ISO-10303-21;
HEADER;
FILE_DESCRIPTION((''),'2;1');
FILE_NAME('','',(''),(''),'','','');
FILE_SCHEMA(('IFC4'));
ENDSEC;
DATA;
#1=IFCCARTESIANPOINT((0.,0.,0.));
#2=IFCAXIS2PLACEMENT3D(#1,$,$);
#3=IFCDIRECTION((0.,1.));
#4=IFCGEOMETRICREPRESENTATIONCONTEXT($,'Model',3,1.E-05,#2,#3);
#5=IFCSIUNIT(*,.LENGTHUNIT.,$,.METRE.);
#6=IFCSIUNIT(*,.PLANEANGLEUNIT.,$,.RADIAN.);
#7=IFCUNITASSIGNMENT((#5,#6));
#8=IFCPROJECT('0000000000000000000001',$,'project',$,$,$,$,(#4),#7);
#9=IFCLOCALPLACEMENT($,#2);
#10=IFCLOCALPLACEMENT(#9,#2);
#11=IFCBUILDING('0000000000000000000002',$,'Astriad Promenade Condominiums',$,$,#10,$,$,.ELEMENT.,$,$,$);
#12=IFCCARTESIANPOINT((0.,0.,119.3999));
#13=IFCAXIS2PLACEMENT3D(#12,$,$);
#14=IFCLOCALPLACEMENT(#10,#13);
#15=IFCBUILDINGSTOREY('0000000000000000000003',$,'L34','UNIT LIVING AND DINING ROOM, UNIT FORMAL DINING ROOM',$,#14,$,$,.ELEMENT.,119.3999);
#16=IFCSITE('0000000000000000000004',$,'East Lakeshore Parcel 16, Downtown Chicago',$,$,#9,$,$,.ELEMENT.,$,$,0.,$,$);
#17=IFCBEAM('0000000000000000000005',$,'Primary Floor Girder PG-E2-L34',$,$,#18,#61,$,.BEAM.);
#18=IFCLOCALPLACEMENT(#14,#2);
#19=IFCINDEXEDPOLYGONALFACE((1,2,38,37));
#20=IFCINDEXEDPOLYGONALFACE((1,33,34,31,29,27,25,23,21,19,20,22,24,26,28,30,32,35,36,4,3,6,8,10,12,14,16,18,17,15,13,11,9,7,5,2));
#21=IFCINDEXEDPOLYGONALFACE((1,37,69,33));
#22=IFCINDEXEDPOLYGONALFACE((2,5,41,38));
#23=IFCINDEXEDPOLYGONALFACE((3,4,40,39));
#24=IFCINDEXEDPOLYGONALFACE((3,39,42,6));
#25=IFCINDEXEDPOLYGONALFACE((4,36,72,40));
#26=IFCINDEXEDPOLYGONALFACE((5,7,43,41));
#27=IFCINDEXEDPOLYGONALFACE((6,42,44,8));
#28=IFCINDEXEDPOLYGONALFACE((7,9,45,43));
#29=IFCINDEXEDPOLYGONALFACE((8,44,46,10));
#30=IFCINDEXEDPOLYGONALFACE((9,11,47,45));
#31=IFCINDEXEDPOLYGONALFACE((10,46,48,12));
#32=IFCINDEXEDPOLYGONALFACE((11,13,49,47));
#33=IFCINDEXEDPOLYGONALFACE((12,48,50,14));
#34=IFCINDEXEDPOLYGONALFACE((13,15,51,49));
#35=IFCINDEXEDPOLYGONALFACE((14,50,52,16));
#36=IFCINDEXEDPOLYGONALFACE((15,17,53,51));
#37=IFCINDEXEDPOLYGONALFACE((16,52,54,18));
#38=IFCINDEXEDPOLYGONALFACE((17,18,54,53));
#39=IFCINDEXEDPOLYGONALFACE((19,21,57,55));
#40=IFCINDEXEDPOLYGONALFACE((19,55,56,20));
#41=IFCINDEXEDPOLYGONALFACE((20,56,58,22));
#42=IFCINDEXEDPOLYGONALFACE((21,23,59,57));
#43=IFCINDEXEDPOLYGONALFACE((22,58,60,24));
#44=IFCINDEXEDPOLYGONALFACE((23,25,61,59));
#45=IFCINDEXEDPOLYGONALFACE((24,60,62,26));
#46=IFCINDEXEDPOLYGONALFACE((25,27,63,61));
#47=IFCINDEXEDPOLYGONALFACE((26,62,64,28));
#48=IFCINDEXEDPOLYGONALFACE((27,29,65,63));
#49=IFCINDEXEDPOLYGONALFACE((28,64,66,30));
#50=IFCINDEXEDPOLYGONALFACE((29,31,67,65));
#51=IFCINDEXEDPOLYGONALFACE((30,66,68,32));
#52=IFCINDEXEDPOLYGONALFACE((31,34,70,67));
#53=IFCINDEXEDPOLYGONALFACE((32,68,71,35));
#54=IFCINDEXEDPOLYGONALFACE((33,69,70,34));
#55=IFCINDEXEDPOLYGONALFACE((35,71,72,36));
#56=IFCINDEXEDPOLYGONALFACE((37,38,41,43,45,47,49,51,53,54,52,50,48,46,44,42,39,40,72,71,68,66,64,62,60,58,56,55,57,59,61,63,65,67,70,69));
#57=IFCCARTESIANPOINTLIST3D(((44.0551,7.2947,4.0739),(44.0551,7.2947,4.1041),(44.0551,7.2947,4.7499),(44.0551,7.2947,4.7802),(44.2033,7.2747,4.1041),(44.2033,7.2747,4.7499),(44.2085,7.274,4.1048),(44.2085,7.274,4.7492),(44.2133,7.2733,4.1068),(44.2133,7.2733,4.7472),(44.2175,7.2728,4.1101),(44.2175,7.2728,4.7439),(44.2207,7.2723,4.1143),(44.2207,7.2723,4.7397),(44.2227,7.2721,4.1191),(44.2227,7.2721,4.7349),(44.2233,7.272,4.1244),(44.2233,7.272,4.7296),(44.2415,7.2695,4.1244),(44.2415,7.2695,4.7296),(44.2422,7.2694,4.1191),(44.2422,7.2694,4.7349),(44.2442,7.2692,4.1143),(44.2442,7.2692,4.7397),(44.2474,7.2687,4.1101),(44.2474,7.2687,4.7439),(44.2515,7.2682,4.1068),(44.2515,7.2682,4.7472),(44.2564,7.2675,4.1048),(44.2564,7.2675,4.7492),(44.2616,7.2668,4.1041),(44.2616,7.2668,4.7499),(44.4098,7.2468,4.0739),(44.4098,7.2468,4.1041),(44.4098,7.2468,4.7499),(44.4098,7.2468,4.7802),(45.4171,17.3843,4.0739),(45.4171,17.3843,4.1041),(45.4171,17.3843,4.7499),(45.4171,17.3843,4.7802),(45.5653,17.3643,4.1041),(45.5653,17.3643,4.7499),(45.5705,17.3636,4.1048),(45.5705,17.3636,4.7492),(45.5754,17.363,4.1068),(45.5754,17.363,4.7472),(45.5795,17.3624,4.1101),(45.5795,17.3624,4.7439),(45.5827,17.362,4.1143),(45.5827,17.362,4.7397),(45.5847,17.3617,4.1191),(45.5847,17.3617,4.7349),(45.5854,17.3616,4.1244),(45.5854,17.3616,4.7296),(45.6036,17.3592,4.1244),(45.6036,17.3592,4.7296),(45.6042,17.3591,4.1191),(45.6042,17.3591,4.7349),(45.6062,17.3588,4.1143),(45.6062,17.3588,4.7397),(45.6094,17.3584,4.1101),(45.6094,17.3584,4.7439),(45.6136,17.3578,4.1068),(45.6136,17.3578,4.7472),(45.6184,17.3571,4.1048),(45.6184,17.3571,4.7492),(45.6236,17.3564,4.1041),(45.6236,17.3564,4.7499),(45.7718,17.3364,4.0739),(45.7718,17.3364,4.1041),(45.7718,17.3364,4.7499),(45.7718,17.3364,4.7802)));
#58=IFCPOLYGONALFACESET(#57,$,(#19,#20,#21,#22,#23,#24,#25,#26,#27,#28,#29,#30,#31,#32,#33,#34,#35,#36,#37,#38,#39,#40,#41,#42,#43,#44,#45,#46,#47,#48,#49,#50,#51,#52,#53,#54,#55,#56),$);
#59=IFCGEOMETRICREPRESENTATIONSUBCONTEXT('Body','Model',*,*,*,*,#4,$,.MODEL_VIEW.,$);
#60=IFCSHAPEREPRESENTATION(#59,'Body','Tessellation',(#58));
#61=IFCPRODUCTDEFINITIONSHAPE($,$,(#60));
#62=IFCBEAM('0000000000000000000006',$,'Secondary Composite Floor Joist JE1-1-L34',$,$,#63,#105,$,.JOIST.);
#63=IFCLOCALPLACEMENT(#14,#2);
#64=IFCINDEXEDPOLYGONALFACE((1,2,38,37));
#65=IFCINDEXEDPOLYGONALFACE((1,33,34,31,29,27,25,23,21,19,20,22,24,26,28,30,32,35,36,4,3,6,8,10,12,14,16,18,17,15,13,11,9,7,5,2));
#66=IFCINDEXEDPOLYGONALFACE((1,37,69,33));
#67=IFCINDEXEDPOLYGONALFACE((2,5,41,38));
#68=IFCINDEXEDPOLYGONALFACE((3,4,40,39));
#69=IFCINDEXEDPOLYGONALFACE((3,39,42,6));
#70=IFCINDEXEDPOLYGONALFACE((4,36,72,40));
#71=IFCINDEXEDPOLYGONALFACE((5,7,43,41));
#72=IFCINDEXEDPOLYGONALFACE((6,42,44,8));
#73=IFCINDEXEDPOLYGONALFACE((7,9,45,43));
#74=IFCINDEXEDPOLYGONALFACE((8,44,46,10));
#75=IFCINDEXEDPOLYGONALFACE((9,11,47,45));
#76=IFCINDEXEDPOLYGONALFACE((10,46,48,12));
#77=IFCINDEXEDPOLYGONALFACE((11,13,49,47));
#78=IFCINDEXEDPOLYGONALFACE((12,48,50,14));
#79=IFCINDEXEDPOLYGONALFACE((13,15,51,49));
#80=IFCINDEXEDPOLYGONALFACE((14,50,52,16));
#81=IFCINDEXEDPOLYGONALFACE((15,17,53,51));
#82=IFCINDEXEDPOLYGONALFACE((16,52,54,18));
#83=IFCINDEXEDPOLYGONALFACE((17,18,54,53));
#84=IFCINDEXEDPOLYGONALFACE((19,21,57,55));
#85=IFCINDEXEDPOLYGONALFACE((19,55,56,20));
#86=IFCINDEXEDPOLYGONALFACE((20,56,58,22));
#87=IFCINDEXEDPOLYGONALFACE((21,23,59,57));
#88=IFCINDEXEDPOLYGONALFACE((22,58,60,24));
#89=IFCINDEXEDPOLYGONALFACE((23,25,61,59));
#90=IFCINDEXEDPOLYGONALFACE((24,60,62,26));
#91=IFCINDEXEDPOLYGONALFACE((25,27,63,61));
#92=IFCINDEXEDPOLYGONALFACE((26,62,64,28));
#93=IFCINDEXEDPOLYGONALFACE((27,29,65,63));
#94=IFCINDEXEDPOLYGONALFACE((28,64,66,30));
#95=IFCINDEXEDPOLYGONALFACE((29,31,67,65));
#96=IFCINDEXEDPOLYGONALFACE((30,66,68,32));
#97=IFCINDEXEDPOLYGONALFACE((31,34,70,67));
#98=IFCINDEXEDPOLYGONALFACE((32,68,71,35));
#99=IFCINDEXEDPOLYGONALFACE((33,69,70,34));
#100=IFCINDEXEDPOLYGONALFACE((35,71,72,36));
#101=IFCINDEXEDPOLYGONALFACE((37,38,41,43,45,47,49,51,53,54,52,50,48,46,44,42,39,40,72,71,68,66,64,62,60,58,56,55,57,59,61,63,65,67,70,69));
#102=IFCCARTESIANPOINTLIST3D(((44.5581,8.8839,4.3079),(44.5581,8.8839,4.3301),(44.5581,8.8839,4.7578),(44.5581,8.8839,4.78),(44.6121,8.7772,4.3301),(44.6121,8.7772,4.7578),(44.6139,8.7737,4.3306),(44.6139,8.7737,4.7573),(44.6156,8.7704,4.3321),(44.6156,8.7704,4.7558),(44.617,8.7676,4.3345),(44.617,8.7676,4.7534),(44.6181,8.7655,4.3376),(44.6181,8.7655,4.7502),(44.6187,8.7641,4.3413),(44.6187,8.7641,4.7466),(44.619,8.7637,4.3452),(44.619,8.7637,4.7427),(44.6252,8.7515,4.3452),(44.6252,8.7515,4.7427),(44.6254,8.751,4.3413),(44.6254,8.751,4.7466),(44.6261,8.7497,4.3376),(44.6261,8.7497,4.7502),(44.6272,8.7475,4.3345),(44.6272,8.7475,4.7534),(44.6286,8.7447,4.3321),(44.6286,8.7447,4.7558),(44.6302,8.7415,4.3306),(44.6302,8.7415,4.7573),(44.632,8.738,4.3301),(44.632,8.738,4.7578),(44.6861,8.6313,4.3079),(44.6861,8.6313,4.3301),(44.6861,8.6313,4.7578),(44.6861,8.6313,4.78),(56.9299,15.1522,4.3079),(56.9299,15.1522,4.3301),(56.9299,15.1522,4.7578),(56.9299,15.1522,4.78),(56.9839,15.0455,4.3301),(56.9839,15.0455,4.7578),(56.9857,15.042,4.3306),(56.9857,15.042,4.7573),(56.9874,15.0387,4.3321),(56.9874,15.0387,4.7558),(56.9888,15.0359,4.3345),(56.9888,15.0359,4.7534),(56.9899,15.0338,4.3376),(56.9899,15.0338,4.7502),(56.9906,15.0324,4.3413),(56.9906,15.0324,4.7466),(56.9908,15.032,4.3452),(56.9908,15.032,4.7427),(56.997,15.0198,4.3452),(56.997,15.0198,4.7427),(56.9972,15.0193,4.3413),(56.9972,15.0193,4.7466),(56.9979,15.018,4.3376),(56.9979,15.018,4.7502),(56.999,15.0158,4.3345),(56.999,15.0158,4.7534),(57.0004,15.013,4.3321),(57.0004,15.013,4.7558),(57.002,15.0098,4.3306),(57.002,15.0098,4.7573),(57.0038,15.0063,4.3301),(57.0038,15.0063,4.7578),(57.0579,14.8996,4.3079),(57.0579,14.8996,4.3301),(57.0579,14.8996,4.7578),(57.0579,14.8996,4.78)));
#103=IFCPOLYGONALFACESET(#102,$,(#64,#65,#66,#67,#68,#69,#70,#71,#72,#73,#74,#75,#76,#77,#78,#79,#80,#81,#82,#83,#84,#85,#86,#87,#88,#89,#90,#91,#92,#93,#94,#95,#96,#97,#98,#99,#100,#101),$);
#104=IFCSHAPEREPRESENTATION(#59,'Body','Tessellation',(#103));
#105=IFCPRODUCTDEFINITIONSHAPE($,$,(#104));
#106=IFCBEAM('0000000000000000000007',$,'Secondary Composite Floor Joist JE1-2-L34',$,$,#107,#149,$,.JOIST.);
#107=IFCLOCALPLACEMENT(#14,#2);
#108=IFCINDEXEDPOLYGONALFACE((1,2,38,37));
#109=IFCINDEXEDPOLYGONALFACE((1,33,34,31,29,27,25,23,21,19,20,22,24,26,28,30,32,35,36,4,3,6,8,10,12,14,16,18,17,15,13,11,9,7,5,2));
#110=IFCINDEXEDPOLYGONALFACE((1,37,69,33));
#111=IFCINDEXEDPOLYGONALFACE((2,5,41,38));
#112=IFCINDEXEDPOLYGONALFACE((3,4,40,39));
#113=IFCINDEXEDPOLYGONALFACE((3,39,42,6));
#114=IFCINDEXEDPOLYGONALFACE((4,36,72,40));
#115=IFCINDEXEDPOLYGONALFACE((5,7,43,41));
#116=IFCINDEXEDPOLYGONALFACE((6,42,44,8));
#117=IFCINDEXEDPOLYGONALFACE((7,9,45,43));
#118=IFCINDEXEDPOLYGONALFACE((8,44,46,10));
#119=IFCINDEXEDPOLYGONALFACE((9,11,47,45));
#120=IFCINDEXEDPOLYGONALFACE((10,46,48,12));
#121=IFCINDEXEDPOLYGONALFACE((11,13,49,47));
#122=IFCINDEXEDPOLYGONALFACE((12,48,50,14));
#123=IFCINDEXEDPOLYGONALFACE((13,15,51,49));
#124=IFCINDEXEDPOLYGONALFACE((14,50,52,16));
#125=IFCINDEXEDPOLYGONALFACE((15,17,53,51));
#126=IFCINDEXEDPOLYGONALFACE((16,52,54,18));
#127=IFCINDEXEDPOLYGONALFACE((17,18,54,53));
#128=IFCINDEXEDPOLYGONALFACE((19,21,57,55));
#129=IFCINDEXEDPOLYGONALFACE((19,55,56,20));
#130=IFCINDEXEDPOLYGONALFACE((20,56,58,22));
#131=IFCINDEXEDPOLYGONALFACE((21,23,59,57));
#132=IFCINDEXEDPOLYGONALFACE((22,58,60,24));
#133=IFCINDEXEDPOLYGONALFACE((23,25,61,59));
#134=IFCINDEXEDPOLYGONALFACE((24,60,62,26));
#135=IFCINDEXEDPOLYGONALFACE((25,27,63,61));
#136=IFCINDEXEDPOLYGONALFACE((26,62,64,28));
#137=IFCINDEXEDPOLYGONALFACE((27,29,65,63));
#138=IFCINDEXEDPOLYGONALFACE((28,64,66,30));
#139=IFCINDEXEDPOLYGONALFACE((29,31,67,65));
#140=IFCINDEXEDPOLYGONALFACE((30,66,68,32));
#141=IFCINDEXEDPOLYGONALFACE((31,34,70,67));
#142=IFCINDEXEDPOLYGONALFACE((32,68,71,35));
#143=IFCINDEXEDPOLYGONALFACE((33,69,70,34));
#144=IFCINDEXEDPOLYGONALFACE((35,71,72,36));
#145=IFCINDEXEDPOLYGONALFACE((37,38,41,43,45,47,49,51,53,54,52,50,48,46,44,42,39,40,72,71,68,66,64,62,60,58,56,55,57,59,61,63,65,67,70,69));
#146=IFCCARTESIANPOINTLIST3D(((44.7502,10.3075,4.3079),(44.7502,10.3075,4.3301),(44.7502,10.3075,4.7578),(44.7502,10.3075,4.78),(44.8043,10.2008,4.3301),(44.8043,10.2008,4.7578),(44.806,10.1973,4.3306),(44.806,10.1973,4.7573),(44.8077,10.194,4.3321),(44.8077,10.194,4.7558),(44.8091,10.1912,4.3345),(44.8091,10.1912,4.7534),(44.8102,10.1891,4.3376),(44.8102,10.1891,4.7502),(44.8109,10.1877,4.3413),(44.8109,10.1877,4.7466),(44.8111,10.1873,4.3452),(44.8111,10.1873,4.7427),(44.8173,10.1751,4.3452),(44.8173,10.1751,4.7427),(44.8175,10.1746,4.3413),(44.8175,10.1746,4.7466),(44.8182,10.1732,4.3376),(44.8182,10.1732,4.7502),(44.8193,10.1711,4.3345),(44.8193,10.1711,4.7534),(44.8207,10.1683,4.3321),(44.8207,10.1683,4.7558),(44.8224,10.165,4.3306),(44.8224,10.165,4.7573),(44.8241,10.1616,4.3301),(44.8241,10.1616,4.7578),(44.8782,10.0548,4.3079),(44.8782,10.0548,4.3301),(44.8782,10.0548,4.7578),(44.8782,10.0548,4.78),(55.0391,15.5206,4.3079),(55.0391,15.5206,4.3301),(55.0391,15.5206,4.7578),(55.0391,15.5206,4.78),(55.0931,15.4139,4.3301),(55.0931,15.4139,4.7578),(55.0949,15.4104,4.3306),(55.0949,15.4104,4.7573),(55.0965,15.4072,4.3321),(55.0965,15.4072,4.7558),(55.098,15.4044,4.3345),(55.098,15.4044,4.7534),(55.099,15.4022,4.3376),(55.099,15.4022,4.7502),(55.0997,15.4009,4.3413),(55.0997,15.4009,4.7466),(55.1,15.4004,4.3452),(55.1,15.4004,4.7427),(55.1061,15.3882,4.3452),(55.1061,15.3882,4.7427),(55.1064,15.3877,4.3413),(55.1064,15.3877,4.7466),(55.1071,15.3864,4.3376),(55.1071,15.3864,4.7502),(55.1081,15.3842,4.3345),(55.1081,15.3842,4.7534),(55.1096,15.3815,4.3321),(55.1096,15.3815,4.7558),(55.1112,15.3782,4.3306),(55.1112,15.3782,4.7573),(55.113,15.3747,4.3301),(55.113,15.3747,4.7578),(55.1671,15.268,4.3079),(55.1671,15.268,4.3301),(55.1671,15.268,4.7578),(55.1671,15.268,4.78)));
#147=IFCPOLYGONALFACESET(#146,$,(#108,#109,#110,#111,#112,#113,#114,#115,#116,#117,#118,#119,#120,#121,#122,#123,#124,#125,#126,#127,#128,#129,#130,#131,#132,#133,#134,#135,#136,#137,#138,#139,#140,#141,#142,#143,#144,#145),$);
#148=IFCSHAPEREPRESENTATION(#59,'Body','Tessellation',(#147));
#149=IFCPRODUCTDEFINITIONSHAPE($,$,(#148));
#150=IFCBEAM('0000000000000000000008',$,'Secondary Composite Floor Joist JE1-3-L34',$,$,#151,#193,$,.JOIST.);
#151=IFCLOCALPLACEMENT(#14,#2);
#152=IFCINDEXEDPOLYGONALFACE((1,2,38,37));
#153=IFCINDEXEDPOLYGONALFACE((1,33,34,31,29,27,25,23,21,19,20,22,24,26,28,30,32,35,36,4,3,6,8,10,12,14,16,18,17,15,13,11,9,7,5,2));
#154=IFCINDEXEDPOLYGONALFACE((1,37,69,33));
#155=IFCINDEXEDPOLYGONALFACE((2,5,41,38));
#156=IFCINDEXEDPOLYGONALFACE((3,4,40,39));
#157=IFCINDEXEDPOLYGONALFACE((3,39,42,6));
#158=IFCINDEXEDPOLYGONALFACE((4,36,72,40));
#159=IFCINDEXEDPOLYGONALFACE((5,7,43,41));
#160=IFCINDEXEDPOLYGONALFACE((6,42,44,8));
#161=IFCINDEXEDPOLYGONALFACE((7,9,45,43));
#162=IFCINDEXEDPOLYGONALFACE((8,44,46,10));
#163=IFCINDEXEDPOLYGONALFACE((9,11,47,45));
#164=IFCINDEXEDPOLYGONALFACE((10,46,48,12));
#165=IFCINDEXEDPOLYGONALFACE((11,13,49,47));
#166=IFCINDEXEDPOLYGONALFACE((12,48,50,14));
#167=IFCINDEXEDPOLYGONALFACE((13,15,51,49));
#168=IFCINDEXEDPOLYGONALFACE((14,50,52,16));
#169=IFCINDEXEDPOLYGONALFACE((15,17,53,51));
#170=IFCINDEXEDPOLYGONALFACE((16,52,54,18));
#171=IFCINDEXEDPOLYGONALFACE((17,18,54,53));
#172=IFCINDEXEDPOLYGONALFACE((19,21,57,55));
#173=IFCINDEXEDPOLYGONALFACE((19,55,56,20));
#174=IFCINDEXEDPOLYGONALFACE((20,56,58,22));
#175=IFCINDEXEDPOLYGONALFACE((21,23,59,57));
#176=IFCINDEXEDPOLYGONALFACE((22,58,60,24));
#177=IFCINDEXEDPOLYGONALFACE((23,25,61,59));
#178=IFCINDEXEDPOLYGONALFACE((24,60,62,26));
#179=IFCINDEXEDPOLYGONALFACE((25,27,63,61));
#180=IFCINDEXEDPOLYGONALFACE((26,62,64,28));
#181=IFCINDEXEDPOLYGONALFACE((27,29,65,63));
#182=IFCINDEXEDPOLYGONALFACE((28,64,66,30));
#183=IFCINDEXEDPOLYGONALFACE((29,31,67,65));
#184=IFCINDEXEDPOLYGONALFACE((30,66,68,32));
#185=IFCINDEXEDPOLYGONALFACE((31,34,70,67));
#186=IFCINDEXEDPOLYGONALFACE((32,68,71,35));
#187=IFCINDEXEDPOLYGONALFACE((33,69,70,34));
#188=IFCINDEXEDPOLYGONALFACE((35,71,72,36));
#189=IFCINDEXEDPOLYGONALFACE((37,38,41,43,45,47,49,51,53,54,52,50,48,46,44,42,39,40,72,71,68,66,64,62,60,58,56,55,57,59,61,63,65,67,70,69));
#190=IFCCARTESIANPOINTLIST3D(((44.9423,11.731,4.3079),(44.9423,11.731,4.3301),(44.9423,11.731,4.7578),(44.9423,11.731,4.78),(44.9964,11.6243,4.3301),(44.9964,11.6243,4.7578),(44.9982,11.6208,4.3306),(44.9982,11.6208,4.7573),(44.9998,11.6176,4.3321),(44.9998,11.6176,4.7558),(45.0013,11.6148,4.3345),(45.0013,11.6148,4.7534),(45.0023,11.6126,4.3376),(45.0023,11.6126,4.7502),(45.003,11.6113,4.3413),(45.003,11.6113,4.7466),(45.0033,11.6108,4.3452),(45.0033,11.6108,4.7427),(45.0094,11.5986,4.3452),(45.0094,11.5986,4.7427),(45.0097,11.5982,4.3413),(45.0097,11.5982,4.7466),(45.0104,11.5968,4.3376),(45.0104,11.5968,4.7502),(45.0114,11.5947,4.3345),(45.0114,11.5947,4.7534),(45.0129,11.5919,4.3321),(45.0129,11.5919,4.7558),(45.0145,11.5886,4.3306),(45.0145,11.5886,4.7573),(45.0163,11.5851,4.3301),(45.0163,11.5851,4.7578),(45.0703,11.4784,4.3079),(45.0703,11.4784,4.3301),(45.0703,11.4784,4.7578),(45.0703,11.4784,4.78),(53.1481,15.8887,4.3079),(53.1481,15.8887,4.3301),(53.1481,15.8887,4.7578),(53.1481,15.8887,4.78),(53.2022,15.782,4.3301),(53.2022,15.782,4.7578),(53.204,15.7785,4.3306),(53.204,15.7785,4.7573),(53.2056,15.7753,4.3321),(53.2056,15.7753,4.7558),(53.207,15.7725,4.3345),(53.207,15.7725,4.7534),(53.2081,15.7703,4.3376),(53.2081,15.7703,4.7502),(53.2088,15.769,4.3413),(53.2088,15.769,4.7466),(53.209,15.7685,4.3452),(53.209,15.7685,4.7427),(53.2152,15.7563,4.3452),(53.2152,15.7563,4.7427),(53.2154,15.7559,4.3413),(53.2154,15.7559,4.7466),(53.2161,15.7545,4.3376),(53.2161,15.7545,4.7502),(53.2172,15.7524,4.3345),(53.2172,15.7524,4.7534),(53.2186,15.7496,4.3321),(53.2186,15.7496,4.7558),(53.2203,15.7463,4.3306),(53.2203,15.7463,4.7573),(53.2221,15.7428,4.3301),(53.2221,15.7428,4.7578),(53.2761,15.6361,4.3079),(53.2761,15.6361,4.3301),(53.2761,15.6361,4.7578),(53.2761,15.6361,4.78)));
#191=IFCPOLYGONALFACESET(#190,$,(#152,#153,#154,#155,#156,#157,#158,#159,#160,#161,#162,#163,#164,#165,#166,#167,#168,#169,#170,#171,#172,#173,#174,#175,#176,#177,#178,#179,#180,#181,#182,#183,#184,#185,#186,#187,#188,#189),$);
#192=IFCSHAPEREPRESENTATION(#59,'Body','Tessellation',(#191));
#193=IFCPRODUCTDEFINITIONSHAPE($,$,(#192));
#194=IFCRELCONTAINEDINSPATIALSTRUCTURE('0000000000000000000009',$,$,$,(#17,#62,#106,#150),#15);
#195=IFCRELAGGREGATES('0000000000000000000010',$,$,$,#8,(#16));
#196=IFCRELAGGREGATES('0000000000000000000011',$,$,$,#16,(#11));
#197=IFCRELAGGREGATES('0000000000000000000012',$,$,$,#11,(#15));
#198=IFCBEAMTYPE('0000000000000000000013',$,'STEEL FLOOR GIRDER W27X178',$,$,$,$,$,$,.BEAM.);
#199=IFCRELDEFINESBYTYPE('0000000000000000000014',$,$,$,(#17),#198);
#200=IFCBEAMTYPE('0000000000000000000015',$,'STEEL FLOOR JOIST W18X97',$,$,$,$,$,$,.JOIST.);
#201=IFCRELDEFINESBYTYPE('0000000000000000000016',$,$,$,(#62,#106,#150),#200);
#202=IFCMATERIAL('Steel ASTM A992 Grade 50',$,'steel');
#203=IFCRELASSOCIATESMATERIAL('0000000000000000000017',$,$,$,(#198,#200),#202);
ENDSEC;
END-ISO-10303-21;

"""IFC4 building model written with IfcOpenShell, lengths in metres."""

from ifc_helpers import new_model, si_unit, direction, frame, origin, origin_2d, place, context, subcontext, project, spatial, i_section, extrude, source, transform, mapped, material, material_profile, profile_set, type_object, type_shapes, element, save


model = new_model("IFC4")

# Units and contexts
model_context = context("Model", 3, precision=1e-05, world=origin(), true_north=direction((0.0, 1.0)))
body_context = subcontext(model_context, "Body", "Model", "MODEL_VIEW")
ifc_project = project(units=[si_unit("LENGTHUNIT", "METRE"), si_unit("PLANEANGLEUNIT", "RADIAN")], contexts=[model_context])

# Site, building, storey
site_placement = place(None, origin())
site = spatial("IfcSite", under=ifc_project, at=site_placement, Name="East Lakeshore Parcel 16, Downtown Chicago", CompositionType="ELEMENT", RefElevation=0.0)
building_placement = place(site_placement, origin())
building = spatial("IfcBuilding", under=site, at=building_placement, Name="Astriad Promenade Condominiums", CompositionType="ELEMENT")
storey_placement = place(building_placement, frame((0.0, 0.0, 119.3999)))
storey = spatial("IfcBuildingStorey", under=building, at=storey_placement, Name="L34", Description="UNIT LIVING AND DINING ROOM, UNIT FORMAL DINING ROOM", CompositionType="ELEMENT", Elevation=119.3999)

# Shared definitions
ifc_material_1 = material(Name="Steel ASTM A992 Grade 50", Category="steel")

# Beams
ifc_material_profile_1 = material_profile(ifc_material_1, i_section(OverallWidth=0.3579, OverallDepth=0.7063, WebThickness=0.0183, FlangeThickness=0.0303, FilletRadius=0.0203, at=origin_2d()), Name="W27X178")
ifc_profile_set_1 = profile_set([ifc_material_profile_1], Name="Steel ASTM A992 Grade 50")
beam_type_1 = type_object("IfcBeamType", Name="STEEL FLOOR GIRDER W27X178", PredefinedType="BEAM", material=ifc_profile_set_1)
shared_shape_1 = source(origin(), body_context, "Body", "SweptSolid", [
    extrude(i_section(OverallWidth=0.3579, OverallDepth=0.7063, WebThickness=0.0183, FlangeThickness=0.0303, FilletRadius=0.0203, at=origin_2d()), origin(), (0.0, 0.0, 1.0), 10.1812),
])
type_shapes(beam_type_1, [shared_shape_1])
beam_1_placement = place(storey_placement, frame((44.2324, 7.2708, 4.427), z_axis=(0.133783, 0.991011, 0.0), x_axis=(-0.991011, 0.133783, 0.0)))
element("IfcBeam", 1, at=beam_1_placement, inside=storey, type_object=beam_type_1, Name="Primary Floor Girder PG-E2-L34", PredefinedType="BEAM", context=body_context, shape_type="MappedRepresentation", body=[
    mapped(shared_shape_1, transform((0.0, 0.0, 0.0), scale=1.0)),
])
ifc_material_profile_2 = material_profile(ifc_material_1, i_section(OverallWidth=0.2832, OverallDepth=0.4722, WebThickness=0.0137, FlangeThickness=0.0222, FilletRadius=0.0151, at=origin_2d()), Name="W18X97")
ifc_profile_set_2 = profile_set([ifc_material_profile_2], Name="Steel ASTM A992 Grade 50")
beam_type_2 = type_object("IfcBeamType", Name="STEEL FLOOR JOIST W18X97", PredefinedType="JOIST", material=ifc_profile_set_2)
shared_shape_2 = source(origin(), body_context, "Body", "SweptSolid", [
    extrude(i_section(OverallWidth=0.2832, OverallDepth=0.4722, WebThickness=0.0137, FlangeThickness=0.0222, FilletRadius=0.0151, at=origin_2d()), origin(), (0.0, 0.0, 1.0), 13.8691),
])
beam_2_placement = place(storey_placement, frame((44.6221, 8.7576, 4.5439), z_axis=(0.892038, 0.45196, 0.0), x_axis=(-0.45196, 0.892038, 0.0)))
element("IfcBeam", 2, at=beam_2_placement, inside=storey, type_object=beam_type_2, Name="Secondary Composite Floor Joist JE1-1-L34", PredefinedType="JOIST", context=body_context, shape_type="MappedRepresentation", body=[
    mapped(shared_shape_2, transform((0.0, 0.0, 0.0), scale=1.0)),
])
shared_shape_3 = source(origin(), body_context, "Body", "SweptSolid", [
    extrude(i_section(OverallWidth=0.2832, OverallDepth=0.4722, WebThickness=0.0137, FlangeThickness=0.0222, FilletRadius=0.0151, at=origin_2d()), origin(), (0.0, 0.0, 1.0), 11.5342),
])
beam_3_placement = place(storey_placement, frame((44.8142, 10.1812, 4.5439), z_axis=(0.892031, 0.451974, 0.0), x_axis=(-0.451974, 0.892031, 0.0)))
element("IfcBeam", 3, at=beam_3_placement, inside=storey, type_object=beam_type_2, Name="Secondary Composite Floor Joist JE1-2-L34", PredefinedType="JOIST", context=body_context, shape_type="MappedRepresentation", body=[
    mapped(shared_shape_3, transform((0.0, 0.0, 0.0), scale=1.0)),
])
shared_shape_4 = source(origin(), body_context, "Body", "SweptSolid", [
    extrude(i_section(OverallWidth=0.2832, OverallDepth=0.4722, WebThickness=0.0137, FlangeThickness=0.0222, FilletRadius=0.0151, at=origin_2d()), origin(), (0.0, 0.0, 1.0), 9.199),
])
beam_4_placement = place(storey_placement, frame((45.0063, 11.6047, 4.5439), z_axis=(0.892031, 0.451974, 0.0), x_axis=(-0.451974, 0.892031, 0.0)))
element("IfcBeam", 4, at=beam_4_placement, inside=storey, type_object=beam_type_2, Name="Secondary Composite Floor Joist JE1-3-L34", PredefinedType="JOIST", context=body_context, shape_type="MappedRepresentation", body=[
    mapped(shared_shape_4, transform((0.0, 0.0, 0.0), scale=1.0)),
])

save(model, "model.ifc")
